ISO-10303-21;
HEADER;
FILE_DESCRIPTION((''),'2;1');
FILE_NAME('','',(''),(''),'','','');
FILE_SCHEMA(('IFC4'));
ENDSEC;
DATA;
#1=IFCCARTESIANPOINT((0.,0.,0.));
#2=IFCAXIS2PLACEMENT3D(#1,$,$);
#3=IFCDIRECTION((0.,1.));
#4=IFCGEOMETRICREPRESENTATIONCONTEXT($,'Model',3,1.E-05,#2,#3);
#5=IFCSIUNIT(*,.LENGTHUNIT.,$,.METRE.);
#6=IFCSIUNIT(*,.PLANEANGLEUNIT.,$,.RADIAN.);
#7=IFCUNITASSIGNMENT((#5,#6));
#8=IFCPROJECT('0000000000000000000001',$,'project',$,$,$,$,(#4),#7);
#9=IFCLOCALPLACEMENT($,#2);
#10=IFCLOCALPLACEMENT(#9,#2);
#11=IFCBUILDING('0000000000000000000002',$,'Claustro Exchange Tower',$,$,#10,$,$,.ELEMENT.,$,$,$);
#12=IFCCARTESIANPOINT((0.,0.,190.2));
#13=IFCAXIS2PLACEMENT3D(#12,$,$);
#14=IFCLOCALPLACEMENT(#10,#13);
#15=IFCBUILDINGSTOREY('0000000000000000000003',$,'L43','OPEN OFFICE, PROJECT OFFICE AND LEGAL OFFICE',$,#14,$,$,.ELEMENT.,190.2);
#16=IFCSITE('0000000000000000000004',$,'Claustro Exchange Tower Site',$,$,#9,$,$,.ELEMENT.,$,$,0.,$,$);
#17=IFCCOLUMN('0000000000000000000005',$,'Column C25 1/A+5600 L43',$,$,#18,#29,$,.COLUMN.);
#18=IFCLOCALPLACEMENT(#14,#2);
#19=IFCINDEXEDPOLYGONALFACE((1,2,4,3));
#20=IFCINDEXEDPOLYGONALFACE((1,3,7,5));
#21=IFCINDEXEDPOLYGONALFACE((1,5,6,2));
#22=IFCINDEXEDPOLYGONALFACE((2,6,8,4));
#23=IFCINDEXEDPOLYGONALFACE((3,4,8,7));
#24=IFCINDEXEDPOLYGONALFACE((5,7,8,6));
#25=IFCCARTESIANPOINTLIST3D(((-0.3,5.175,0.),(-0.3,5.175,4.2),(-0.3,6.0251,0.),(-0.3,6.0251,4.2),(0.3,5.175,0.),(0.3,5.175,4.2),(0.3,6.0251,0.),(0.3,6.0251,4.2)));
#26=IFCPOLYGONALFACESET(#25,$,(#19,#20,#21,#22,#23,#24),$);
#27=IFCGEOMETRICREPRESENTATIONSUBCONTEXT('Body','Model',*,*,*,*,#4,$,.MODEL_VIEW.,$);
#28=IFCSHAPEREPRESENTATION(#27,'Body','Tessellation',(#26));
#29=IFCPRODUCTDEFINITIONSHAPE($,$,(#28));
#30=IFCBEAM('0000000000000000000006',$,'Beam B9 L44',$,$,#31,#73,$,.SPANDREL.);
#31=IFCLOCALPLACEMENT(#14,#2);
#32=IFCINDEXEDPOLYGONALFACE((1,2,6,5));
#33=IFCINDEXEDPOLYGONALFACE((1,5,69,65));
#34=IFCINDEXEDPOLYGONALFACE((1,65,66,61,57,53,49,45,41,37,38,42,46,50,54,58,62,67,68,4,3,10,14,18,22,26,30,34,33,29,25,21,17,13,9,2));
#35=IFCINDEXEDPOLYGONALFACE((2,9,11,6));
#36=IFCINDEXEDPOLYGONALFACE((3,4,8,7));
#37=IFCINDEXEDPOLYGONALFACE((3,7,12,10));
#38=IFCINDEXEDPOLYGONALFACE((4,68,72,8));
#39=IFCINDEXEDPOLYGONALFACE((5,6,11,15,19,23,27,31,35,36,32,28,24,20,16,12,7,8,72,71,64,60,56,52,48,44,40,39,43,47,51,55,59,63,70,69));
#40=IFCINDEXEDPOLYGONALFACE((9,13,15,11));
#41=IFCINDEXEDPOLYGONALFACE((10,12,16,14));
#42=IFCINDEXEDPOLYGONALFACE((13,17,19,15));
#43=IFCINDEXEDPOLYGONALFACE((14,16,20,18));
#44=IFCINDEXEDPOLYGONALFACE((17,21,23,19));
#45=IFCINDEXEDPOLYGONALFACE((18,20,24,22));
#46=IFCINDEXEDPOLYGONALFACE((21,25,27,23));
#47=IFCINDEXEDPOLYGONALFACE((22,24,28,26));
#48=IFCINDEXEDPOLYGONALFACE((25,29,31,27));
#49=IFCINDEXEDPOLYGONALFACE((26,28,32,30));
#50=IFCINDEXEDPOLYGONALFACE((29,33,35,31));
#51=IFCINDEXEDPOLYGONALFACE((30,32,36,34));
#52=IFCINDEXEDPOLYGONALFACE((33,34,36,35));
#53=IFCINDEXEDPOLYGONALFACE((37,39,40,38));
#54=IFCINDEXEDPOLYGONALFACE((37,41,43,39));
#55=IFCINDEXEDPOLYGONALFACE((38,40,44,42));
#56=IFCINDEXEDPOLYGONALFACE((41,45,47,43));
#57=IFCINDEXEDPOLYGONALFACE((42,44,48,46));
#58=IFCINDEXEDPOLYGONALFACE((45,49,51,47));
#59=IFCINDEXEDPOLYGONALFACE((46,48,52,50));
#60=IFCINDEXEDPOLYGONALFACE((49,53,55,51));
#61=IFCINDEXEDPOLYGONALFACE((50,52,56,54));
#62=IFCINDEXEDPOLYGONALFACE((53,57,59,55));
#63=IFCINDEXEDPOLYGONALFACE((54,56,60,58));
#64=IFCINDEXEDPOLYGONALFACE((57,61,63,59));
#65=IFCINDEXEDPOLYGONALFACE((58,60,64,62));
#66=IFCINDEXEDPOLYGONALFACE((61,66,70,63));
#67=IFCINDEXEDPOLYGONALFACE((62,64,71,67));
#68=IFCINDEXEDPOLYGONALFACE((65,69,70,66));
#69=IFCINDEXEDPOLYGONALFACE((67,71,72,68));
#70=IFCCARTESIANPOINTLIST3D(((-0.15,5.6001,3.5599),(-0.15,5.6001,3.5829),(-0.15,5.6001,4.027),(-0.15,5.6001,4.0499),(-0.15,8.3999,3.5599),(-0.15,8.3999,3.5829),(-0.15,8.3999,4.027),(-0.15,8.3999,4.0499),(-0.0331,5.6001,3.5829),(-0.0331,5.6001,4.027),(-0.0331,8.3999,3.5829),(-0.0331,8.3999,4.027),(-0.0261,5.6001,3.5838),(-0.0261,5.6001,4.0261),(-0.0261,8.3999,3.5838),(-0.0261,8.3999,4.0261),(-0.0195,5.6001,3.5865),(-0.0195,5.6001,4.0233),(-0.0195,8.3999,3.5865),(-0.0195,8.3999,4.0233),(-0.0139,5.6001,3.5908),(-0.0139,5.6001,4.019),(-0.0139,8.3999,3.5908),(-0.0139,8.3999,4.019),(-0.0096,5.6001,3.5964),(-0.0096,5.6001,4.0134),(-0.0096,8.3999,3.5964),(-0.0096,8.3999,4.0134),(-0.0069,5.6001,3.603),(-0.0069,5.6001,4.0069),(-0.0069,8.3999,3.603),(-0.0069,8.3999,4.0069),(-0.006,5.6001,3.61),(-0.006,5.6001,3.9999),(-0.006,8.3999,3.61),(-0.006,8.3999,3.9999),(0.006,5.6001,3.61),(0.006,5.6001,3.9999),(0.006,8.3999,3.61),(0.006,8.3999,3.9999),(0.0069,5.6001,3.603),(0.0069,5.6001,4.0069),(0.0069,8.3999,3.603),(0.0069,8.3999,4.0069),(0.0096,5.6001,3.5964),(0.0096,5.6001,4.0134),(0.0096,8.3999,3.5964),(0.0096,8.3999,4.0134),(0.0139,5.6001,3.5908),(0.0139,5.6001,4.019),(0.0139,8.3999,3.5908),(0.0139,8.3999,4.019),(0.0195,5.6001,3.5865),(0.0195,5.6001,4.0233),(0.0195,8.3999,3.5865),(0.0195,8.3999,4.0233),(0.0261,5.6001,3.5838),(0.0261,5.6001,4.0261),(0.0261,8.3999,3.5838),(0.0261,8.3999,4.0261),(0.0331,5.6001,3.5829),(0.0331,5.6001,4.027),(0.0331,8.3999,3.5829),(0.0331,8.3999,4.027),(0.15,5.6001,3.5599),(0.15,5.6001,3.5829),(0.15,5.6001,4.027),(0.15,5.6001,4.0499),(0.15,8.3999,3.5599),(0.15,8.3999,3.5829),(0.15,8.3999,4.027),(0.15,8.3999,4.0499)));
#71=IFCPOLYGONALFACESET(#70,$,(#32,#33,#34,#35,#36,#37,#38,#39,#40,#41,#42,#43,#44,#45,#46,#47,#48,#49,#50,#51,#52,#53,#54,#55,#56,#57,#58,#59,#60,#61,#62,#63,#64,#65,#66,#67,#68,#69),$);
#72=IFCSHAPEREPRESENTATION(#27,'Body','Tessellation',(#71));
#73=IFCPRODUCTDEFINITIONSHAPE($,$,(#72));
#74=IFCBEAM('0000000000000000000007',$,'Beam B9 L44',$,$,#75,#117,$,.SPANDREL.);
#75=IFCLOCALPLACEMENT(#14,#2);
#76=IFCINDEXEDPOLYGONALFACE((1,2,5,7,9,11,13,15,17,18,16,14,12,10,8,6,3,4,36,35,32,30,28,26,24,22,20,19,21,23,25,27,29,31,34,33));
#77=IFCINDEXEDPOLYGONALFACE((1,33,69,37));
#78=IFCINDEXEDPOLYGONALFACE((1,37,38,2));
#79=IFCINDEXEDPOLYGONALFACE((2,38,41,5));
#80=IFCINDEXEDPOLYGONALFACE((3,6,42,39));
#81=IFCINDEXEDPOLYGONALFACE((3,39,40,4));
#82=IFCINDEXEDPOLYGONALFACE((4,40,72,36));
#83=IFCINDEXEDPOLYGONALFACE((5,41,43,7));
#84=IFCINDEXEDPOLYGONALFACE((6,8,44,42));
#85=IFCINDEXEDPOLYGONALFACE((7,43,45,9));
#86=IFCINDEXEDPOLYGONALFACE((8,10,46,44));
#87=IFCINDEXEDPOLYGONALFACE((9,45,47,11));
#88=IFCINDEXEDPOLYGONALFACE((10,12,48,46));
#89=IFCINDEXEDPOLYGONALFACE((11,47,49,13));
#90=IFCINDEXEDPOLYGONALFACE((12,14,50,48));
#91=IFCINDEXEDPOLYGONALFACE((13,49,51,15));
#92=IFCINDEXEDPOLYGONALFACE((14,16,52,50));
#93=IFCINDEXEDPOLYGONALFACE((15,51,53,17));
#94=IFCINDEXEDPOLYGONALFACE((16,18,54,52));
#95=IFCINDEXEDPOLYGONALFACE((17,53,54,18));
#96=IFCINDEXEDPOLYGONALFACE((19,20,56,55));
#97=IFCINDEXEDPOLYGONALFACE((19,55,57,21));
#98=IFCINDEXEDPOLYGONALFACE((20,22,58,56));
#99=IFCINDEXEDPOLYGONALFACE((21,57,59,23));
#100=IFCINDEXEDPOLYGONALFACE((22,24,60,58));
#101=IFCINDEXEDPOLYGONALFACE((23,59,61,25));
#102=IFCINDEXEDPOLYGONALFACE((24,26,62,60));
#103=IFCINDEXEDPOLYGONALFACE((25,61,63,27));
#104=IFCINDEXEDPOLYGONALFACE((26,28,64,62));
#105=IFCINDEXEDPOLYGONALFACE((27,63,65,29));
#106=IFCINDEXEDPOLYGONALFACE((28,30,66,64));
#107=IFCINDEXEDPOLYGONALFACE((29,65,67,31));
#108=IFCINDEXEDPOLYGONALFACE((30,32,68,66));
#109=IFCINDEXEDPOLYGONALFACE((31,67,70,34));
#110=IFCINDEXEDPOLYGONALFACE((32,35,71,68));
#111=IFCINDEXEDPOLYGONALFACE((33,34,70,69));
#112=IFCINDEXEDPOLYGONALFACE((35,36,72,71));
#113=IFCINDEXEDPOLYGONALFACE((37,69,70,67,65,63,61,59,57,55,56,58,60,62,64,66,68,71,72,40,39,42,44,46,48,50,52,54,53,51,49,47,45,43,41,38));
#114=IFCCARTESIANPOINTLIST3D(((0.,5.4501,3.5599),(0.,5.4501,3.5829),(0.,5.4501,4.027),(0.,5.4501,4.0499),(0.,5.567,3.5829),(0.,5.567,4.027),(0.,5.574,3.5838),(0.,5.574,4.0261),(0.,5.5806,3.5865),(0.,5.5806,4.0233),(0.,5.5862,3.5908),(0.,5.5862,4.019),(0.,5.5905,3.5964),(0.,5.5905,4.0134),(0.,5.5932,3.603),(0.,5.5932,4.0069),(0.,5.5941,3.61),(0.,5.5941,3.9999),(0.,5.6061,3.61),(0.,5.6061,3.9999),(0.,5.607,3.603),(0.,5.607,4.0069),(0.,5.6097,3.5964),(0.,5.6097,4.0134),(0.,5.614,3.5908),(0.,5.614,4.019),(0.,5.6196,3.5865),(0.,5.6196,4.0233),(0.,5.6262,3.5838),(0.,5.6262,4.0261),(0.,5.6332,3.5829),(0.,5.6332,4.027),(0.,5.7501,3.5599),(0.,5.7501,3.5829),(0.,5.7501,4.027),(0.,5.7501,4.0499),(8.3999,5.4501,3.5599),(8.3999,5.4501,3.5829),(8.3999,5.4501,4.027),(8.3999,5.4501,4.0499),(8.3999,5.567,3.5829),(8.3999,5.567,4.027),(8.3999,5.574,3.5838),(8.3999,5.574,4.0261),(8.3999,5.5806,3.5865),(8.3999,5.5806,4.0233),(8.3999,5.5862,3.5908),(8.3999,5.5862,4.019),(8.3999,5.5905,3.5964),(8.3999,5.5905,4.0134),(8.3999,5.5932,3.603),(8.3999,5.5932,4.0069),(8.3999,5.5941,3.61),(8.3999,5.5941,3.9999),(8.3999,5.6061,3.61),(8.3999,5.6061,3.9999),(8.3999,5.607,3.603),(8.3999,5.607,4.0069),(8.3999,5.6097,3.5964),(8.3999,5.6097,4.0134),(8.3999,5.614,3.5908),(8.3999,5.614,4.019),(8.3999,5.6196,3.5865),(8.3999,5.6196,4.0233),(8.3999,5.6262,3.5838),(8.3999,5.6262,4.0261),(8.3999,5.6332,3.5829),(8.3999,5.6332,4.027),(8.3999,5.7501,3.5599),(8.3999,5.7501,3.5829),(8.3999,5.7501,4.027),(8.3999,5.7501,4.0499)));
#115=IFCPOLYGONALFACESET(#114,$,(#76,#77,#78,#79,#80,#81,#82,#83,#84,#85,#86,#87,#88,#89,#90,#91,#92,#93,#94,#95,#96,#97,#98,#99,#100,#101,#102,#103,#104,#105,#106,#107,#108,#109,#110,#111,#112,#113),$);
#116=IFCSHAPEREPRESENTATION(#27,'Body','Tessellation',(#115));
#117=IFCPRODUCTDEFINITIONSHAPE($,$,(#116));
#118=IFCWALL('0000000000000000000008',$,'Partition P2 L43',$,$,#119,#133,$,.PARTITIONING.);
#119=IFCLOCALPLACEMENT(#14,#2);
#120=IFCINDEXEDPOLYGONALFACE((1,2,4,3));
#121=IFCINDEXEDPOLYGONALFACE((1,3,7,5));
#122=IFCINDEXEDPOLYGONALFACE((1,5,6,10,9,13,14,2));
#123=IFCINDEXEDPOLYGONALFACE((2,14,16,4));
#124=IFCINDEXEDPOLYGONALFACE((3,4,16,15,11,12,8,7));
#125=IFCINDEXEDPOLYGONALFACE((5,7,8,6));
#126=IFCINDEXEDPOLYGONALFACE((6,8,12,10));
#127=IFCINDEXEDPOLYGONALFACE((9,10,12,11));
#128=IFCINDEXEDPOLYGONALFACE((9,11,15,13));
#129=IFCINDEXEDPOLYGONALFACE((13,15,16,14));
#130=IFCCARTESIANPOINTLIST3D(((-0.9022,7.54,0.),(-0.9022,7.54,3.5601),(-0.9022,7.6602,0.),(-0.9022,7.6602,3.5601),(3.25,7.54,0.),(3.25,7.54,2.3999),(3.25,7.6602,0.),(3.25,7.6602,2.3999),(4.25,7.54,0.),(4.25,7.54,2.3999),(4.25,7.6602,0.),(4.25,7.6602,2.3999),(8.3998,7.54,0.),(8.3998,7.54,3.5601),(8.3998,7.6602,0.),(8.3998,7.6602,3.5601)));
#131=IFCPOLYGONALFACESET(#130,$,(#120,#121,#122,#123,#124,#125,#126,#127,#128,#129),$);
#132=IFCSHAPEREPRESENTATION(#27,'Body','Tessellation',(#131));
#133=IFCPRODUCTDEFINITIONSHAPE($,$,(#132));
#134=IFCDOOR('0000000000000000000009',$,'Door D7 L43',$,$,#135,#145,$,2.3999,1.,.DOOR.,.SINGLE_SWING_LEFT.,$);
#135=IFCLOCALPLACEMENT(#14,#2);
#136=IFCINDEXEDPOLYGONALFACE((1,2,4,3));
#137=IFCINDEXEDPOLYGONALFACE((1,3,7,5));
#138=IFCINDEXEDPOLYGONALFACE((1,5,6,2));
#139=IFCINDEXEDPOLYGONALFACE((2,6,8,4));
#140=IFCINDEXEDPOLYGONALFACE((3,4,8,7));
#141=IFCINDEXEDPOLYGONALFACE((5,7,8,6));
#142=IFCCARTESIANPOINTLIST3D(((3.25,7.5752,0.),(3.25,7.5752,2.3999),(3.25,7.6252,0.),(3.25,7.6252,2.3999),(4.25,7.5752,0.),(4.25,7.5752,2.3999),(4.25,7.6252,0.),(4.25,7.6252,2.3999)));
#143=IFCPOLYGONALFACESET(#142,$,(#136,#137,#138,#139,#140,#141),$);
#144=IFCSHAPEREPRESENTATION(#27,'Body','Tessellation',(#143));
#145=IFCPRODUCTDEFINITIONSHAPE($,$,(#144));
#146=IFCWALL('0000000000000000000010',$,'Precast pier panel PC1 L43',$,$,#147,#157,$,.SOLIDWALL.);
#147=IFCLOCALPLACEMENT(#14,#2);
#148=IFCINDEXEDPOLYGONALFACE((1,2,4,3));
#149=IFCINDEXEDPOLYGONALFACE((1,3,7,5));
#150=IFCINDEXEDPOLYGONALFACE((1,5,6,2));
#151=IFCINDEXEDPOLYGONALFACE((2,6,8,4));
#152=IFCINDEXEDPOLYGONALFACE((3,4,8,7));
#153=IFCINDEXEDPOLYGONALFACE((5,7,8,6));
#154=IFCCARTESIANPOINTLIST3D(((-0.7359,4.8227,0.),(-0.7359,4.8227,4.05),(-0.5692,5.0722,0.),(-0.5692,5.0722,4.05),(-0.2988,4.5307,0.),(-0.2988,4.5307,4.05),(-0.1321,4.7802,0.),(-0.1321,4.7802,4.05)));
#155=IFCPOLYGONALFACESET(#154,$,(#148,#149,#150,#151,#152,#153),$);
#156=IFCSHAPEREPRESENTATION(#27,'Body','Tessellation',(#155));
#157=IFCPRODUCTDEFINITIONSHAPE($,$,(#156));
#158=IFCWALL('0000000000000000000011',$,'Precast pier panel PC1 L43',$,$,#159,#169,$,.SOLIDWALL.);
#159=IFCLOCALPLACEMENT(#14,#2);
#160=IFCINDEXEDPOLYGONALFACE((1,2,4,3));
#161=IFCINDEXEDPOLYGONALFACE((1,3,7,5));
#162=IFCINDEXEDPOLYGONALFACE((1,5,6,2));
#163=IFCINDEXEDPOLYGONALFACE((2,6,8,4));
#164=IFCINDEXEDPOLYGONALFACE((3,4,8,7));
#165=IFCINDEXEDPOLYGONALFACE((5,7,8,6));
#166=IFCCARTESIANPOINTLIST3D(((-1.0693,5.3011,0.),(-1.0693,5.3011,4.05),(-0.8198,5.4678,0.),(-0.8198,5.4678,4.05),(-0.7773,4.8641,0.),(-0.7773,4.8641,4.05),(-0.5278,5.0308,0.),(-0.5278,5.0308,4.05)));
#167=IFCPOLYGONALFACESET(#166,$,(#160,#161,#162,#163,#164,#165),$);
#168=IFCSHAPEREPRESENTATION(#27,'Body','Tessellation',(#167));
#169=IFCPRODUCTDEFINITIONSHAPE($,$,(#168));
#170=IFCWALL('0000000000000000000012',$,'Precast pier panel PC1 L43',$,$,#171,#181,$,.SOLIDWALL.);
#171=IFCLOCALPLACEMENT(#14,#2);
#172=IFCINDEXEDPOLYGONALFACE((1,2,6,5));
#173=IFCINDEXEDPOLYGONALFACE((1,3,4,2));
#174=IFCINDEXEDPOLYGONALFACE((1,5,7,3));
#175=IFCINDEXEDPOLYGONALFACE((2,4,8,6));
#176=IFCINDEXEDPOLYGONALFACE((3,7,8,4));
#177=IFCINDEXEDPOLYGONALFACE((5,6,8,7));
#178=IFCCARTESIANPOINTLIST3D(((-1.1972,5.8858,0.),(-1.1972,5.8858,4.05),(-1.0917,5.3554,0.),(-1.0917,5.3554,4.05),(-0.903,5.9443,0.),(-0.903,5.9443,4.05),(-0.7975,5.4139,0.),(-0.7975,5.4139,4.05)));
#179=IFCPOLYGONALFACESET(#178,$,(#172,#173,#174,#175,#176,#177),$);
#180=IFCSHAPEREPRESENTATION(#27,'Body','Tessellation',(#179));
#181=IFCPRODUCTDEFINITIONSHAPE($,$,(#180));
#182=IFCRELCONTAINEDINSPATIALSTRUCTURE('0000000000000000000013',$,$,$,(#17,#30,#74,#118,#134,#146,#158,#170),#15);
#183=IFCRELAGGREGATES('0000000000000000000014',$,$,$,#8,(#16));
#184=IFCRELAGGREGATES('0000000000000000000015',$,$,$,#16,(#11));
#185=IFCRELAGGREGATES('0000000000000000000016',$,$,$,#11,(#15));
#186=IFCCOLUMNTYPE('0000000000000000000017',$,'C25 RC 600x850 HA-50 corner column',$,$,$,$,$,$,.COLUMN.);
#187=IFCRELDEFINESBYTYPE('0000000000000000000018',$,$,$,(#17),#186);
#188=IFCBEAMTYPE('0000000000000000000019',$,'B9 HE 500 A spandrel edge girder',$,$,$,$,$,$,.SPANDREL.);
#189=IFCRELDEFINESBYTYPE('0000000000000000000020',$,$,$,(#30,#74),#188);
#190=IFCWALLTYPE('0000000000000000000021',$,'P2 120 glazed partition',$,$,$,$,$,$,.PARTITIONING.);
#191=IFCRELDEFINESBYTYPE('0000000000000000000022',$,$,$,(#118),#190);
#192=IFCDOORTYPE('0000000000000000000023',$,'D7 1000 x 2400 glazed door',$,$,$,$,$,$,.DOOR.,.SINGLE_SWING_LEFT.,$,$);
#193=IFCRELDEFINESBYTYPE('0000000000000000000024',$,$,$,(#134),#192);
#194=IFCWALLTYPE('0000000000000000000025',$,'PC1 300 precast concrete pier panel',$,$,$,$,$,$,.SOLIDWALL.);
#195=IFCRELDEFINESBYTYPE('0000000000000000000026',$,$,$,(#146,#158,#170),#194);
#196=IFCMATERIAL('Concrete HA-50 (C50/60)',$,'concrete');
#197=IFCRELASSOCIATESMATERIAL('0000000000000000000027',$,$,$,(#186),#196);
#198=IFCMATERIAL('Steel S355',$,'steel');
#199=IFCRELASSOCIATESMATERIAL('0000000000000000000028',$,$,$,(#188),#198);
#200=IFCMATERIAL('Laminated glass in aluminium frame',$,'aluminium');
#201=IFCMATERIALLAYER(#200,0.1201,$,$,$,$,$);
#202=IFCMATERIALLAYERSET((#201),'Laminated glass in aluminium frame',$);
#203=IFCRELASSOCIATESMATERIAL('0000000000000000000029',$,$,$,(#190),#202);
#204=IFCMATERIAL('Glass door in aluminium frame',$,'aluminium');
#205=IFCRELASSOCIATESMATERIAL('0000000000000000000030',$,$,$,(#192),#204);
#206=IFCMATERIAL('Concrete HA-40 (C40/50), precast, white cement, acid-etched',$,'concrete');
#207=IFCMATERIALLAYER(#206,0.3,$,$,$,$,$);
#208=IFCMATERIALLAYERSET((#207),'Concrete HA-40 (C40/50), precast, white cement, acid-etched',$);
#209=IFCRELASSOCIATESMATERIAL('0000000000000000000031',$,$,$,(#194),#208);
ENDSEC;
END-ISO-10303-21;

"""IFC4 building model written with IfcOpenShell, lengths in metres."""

from ifc_helpers import new_model, si_unit, direction, frame, frame_2d, origin, origin_2d, place, context, subcontext, project, spatial, rectangle, i_section, extrude, material, layer, layer_set, material_profile, profile_set, type_object, element, fill, save


model = new_model("IFC4")

# Units and contexts
model_context = context("Model", 3, precision=1e-05, world=origin(), true_north=direction((0.0, 1.0)))
body_context = subcontext(model_context, "Body", "Model", "MODEL_VIEW")
ifc_project = project(units=[si_unit("LENGTHUNIT", "METRE"), si_unit("PLANEANGLEUNIT", "RADIAN")], contexts=[model_context])

# Site, building, storey
site_placement = place(None, origin())
site = spatial("IfcSite", under=ifc_project, at=site_placement, Name="Claustro Exchange Tower Site", CompositionType="ELEMENT", RefElevation=0.0)
building_placement = place(site_placement, origin())
building = spatial("IfcBuilding", under=site, at=building_placement, Name="Claustro Exchange Tower", CompositionType="ELEMENT")
storey_placement = place(building_placement, frame((0.0, 0.0, 190.2)))
storey = spatial("IfcBuildingStorey", under=building, at=storey_placement, Name="L43", Description="OPEN OFFICE, PROJECT OFFICE AND LEGAL OFFICE", CompositionType="ELEMENT", Elevation=190.2)

# Column
ifc_material_1 = material(Name="Concrete HA-50 (C50/60)", Category="concrete")
ifc_material_profile_1 = material_profile(ifc_material_1, rectangle(XDim=0.6001, YDim=0.8501, at=origin_2d()), Name="RC 600x850")
ifc_profile_set_1 = profile_set([ifc_material_profile_1], Name="Concrete HA-50 (C50/60)")
column_type = type_object("IfcColumnType", Name="C25 RC 600x850 HA-50 corner column", PredefinedType="COLUMN", material=ifc_profile_set_1)
column_placement = place(storey_placement, frame((0.0, 5.6001, 0.0), z_axis=(0.0, 0.0, 1.0), x_axis=(1.0, 0.0, 0.0)))
element("IfcColumn", 1, at=column_placement, inside=storey, type_object=column_type, Name="Column C25 1/A+5600 L43", PredefinedType="COLUMN", context=body_context, shape_type="SweptSolid", body=[
    extrude(rectangle(XDim=0.6001, YDim=0.8501, at=origin_2d()), origin(), (0.0, 0.0, 1.0), 4.2),
])

# Beams
ifc_material_2 = material(Name="Steel S355", Category="steel")
ifc_material_profile_2 = material_profile(ifc_material_2, i_section(OverallWidth=0.3, OverallDepth=0.49, WebThickness=0.012, FlangeThickness=0.0229, FilletRadius=0.0271, at=origin_2d()), Name="HE 500 A")
ifc_profile_set_2 = profile_set([ifc_material_profile_2], Name="Steel S355")
beam_type = type_object("IfcBeamType", Name="B9 HE 500 A spandrel edge girder", PredefinedType="SPANDREL", material=ifc_profile_set_2)
beam_1_placement = place(storey_placement, frame((0.0, 5.6001, 3.8049), z_axis=(0.0, 1.0, 0.0), x_axis=(-1.0, 0.0, 0.0)))
element("IfcBeam", 2, at=beam_1_placement, inside=storey, type_object=beam_type, Name="Beam B9 L44", PredefinedType="SPANDREL", context=body_context, shape_type="SweptSolid", body=[
    extrude(i_section(OverallWidth=0.3, OverallDepth=0.49, WebThickness=0.012, FlangeThickness=0.0229, FilletRadius=0.0271, at=origin_2d()), origin(), (0.0, 0.0, 1.0), 2.7998),
])
beam_2_placement = place(storey_placement, frame((0.0, 5.6001, 3.8049), z_axis=(1.0, 0.0, 0.0), x_axis=(0.0, 1.0, 0.0)))
element("IfcBeam", 3, at=beam_2_placement, inside=storey, type_object=beam_type, Name="Beam B9 L44", PredefinedType="SPANDREL", context=body_context, shape_type="SweptSolid", body=[
    extrude(i_section(OverallWidth=0.3, OverallDepth=0.49, WebThickness=0.012, FlangeThickness=0.0229, FilletRadius=0.0271, at=origin_2d()), origin(), (0.0, 0.0, 1.0), 8.3999),
])

# Wall, opening, door
ifc_material_3 = material(Name="Laminated glass in aluminium frame", Category="aluminium")
ifc_layer_1 = layer(ifc_material_3, 0.1201)
ifc_layer_set_1 = layer_set([ifc_layer_1], Name="Laminated glass in aluminium frame")
wall_type_1 = type_object("IfcWallType", Name="P2 120 glazed partition", PredefinedType="PARTITIONING", material=ifc_layer_set_1)
wall_1_placement = place(storey_placement, frame((-0.9021, 7.6001, 0.0), z_axis=(0.0, 0.0, 1.0), x_axis=(1.0, 0.0, 0.0)))
wall_1 = element("IfcWall", 4, at=wall_1_placement, inside=storey, type_object=wall_type_1, Name="Partition P2 L43", PredefinedType="PARTITIONING", context=body_context, shape_type="SweptSolid", body=[
    extrude(rectangle(XDim=9.302, YDim=0.1201, at=frame_2d((4.6509, 0.0))), origin(), (0.0, 0.0, 1.0), 3.5601),
])
opening_1_placement = place(wall_1_placement, frame((4.1521, 0.0, 0.0)))
opening_1 = element("IfcOpeningElement", 5, at=opening_1_placement, cuts=wall_1, PredefinedType="OPENING", context=body_context, shape_type="SweptSolid", body=[
    extrude(rectangle(XDim=1.0, YDim=2.3999, at=frame_2d((0.5, 1.2))), frame((0.0, 0.0701, 0.0), z_axis=(0.0, -1.0, 0.0), x_axis=(1.0, 0.0, 0.0)), (0.0, 0.0, 1.0), 0.1401),
])
ifc_material_4 = material(Name="Glass door in aluminium frame", Category="aluminium")
door_type_1 = type_object("IfcDoorType", Name="D7 1000 x 2400 glazed door", OperationType="SINGLE_SWING_LEFT", PredefinedType="DOOR", material=ifc_material_4)
door_1_placement = place(opening_1_placement, frame((1.0, 0.0, 0.0), z_axis=(0.0, 0.0, 1.0), x_axis=(-1.0, 0.0, 0.0)))
door_1 = element("IfcDoor", 6, at=door_1_placement, inside=storey, type_object=door_type_1, Name="Door D7 L43", OperationType="SINGLE_SWING_LEFT", OverallHeight=2.3999, OverallWidth=1.0, PredefinedType="DOOR", context=body_context, shape_type="SweptSolid", body=[
    extrude(rectangle(XDim=1.0, YDim=2.3999, at=frame_2d((0.5, 1.2))), frame((0.0, 0.0249, 0.0), z_axis=(0.0, -1.0, 0.0), x_axis=(1.0, 0.0, 0.0)), (0.0, 0.0, 1.0), 0.05),
])
fill(opening_1, door_1)

# Walls
ifc_material_5 = material(Name="Concrete HA-40 (C40/50), precast, white cement, acid-etched", Category="concrete")
ifc_layer_2 = layer(ifc_material_5, 0.3)
ifc_layer_set_2 = layer_set([ifc_layer_2], Name="Concrete HA-40 (C40/50), precast, white cement, acid-etched")
wall_type_2 = type_object("IfcWallType", Name="PC1 300 precast concrete pier panel", PredefinedType="SOLIDWALL", material=ifc_layer_set_2)
for number, where, z_axis, x_axis, name in (
    (7, (-0.2156, 4.6555, 0.0), (0.0, 0.0, 1.0), (-0.831478, 0.555557, 0.0), "Precast pier panel PC1 L43"),
    (8, (-0.6526, 4.9475, 0.0), (0.0, 0.0, 1.0), (-0.555557, 0.831478, 0.0), "Precast pier panel PC1 L43"),
):
    element("IfcWall", number, at=place(storey_placement, frame(where, z_axis=z_axis, x_axis=x_axis)), inside=storey, type_object=wall_type_2, Name=name, PredefinedType="SOLIDWALL", context=body_context, shape_type="SweptSolid", body=[
        extrude(rectangle(XDim=0.5256, YDim=0.3, at=frame_2d((0.2627, 0.0))), origin(), (0.0, 0.0, 1.0), 4.05),
    ])
wall_2_placement = place(storey_placement, frame((-0.9446, 5.3845, 0.0), z_axis=(0.0, 0.0, 1.0), x_axis=(-0.195074, 0.980789, 0.0)))
element("IfcWall", 9, at=wall_2_placement, inside=storey, type_object=wall_type_2, Name="Precast pier panel PC1 L43", PredefinedType="SOLIDWALL", context=body_context, shape_type="SweptSolid", body=[
    extrude(rectangle(XDim=0.5408, YDim=0.3, at=frame_2d((0.2705, 0.0))), origin(), (0.0, 0.0, 1.0), 4.05),
])

save(model, "model.ifc")
